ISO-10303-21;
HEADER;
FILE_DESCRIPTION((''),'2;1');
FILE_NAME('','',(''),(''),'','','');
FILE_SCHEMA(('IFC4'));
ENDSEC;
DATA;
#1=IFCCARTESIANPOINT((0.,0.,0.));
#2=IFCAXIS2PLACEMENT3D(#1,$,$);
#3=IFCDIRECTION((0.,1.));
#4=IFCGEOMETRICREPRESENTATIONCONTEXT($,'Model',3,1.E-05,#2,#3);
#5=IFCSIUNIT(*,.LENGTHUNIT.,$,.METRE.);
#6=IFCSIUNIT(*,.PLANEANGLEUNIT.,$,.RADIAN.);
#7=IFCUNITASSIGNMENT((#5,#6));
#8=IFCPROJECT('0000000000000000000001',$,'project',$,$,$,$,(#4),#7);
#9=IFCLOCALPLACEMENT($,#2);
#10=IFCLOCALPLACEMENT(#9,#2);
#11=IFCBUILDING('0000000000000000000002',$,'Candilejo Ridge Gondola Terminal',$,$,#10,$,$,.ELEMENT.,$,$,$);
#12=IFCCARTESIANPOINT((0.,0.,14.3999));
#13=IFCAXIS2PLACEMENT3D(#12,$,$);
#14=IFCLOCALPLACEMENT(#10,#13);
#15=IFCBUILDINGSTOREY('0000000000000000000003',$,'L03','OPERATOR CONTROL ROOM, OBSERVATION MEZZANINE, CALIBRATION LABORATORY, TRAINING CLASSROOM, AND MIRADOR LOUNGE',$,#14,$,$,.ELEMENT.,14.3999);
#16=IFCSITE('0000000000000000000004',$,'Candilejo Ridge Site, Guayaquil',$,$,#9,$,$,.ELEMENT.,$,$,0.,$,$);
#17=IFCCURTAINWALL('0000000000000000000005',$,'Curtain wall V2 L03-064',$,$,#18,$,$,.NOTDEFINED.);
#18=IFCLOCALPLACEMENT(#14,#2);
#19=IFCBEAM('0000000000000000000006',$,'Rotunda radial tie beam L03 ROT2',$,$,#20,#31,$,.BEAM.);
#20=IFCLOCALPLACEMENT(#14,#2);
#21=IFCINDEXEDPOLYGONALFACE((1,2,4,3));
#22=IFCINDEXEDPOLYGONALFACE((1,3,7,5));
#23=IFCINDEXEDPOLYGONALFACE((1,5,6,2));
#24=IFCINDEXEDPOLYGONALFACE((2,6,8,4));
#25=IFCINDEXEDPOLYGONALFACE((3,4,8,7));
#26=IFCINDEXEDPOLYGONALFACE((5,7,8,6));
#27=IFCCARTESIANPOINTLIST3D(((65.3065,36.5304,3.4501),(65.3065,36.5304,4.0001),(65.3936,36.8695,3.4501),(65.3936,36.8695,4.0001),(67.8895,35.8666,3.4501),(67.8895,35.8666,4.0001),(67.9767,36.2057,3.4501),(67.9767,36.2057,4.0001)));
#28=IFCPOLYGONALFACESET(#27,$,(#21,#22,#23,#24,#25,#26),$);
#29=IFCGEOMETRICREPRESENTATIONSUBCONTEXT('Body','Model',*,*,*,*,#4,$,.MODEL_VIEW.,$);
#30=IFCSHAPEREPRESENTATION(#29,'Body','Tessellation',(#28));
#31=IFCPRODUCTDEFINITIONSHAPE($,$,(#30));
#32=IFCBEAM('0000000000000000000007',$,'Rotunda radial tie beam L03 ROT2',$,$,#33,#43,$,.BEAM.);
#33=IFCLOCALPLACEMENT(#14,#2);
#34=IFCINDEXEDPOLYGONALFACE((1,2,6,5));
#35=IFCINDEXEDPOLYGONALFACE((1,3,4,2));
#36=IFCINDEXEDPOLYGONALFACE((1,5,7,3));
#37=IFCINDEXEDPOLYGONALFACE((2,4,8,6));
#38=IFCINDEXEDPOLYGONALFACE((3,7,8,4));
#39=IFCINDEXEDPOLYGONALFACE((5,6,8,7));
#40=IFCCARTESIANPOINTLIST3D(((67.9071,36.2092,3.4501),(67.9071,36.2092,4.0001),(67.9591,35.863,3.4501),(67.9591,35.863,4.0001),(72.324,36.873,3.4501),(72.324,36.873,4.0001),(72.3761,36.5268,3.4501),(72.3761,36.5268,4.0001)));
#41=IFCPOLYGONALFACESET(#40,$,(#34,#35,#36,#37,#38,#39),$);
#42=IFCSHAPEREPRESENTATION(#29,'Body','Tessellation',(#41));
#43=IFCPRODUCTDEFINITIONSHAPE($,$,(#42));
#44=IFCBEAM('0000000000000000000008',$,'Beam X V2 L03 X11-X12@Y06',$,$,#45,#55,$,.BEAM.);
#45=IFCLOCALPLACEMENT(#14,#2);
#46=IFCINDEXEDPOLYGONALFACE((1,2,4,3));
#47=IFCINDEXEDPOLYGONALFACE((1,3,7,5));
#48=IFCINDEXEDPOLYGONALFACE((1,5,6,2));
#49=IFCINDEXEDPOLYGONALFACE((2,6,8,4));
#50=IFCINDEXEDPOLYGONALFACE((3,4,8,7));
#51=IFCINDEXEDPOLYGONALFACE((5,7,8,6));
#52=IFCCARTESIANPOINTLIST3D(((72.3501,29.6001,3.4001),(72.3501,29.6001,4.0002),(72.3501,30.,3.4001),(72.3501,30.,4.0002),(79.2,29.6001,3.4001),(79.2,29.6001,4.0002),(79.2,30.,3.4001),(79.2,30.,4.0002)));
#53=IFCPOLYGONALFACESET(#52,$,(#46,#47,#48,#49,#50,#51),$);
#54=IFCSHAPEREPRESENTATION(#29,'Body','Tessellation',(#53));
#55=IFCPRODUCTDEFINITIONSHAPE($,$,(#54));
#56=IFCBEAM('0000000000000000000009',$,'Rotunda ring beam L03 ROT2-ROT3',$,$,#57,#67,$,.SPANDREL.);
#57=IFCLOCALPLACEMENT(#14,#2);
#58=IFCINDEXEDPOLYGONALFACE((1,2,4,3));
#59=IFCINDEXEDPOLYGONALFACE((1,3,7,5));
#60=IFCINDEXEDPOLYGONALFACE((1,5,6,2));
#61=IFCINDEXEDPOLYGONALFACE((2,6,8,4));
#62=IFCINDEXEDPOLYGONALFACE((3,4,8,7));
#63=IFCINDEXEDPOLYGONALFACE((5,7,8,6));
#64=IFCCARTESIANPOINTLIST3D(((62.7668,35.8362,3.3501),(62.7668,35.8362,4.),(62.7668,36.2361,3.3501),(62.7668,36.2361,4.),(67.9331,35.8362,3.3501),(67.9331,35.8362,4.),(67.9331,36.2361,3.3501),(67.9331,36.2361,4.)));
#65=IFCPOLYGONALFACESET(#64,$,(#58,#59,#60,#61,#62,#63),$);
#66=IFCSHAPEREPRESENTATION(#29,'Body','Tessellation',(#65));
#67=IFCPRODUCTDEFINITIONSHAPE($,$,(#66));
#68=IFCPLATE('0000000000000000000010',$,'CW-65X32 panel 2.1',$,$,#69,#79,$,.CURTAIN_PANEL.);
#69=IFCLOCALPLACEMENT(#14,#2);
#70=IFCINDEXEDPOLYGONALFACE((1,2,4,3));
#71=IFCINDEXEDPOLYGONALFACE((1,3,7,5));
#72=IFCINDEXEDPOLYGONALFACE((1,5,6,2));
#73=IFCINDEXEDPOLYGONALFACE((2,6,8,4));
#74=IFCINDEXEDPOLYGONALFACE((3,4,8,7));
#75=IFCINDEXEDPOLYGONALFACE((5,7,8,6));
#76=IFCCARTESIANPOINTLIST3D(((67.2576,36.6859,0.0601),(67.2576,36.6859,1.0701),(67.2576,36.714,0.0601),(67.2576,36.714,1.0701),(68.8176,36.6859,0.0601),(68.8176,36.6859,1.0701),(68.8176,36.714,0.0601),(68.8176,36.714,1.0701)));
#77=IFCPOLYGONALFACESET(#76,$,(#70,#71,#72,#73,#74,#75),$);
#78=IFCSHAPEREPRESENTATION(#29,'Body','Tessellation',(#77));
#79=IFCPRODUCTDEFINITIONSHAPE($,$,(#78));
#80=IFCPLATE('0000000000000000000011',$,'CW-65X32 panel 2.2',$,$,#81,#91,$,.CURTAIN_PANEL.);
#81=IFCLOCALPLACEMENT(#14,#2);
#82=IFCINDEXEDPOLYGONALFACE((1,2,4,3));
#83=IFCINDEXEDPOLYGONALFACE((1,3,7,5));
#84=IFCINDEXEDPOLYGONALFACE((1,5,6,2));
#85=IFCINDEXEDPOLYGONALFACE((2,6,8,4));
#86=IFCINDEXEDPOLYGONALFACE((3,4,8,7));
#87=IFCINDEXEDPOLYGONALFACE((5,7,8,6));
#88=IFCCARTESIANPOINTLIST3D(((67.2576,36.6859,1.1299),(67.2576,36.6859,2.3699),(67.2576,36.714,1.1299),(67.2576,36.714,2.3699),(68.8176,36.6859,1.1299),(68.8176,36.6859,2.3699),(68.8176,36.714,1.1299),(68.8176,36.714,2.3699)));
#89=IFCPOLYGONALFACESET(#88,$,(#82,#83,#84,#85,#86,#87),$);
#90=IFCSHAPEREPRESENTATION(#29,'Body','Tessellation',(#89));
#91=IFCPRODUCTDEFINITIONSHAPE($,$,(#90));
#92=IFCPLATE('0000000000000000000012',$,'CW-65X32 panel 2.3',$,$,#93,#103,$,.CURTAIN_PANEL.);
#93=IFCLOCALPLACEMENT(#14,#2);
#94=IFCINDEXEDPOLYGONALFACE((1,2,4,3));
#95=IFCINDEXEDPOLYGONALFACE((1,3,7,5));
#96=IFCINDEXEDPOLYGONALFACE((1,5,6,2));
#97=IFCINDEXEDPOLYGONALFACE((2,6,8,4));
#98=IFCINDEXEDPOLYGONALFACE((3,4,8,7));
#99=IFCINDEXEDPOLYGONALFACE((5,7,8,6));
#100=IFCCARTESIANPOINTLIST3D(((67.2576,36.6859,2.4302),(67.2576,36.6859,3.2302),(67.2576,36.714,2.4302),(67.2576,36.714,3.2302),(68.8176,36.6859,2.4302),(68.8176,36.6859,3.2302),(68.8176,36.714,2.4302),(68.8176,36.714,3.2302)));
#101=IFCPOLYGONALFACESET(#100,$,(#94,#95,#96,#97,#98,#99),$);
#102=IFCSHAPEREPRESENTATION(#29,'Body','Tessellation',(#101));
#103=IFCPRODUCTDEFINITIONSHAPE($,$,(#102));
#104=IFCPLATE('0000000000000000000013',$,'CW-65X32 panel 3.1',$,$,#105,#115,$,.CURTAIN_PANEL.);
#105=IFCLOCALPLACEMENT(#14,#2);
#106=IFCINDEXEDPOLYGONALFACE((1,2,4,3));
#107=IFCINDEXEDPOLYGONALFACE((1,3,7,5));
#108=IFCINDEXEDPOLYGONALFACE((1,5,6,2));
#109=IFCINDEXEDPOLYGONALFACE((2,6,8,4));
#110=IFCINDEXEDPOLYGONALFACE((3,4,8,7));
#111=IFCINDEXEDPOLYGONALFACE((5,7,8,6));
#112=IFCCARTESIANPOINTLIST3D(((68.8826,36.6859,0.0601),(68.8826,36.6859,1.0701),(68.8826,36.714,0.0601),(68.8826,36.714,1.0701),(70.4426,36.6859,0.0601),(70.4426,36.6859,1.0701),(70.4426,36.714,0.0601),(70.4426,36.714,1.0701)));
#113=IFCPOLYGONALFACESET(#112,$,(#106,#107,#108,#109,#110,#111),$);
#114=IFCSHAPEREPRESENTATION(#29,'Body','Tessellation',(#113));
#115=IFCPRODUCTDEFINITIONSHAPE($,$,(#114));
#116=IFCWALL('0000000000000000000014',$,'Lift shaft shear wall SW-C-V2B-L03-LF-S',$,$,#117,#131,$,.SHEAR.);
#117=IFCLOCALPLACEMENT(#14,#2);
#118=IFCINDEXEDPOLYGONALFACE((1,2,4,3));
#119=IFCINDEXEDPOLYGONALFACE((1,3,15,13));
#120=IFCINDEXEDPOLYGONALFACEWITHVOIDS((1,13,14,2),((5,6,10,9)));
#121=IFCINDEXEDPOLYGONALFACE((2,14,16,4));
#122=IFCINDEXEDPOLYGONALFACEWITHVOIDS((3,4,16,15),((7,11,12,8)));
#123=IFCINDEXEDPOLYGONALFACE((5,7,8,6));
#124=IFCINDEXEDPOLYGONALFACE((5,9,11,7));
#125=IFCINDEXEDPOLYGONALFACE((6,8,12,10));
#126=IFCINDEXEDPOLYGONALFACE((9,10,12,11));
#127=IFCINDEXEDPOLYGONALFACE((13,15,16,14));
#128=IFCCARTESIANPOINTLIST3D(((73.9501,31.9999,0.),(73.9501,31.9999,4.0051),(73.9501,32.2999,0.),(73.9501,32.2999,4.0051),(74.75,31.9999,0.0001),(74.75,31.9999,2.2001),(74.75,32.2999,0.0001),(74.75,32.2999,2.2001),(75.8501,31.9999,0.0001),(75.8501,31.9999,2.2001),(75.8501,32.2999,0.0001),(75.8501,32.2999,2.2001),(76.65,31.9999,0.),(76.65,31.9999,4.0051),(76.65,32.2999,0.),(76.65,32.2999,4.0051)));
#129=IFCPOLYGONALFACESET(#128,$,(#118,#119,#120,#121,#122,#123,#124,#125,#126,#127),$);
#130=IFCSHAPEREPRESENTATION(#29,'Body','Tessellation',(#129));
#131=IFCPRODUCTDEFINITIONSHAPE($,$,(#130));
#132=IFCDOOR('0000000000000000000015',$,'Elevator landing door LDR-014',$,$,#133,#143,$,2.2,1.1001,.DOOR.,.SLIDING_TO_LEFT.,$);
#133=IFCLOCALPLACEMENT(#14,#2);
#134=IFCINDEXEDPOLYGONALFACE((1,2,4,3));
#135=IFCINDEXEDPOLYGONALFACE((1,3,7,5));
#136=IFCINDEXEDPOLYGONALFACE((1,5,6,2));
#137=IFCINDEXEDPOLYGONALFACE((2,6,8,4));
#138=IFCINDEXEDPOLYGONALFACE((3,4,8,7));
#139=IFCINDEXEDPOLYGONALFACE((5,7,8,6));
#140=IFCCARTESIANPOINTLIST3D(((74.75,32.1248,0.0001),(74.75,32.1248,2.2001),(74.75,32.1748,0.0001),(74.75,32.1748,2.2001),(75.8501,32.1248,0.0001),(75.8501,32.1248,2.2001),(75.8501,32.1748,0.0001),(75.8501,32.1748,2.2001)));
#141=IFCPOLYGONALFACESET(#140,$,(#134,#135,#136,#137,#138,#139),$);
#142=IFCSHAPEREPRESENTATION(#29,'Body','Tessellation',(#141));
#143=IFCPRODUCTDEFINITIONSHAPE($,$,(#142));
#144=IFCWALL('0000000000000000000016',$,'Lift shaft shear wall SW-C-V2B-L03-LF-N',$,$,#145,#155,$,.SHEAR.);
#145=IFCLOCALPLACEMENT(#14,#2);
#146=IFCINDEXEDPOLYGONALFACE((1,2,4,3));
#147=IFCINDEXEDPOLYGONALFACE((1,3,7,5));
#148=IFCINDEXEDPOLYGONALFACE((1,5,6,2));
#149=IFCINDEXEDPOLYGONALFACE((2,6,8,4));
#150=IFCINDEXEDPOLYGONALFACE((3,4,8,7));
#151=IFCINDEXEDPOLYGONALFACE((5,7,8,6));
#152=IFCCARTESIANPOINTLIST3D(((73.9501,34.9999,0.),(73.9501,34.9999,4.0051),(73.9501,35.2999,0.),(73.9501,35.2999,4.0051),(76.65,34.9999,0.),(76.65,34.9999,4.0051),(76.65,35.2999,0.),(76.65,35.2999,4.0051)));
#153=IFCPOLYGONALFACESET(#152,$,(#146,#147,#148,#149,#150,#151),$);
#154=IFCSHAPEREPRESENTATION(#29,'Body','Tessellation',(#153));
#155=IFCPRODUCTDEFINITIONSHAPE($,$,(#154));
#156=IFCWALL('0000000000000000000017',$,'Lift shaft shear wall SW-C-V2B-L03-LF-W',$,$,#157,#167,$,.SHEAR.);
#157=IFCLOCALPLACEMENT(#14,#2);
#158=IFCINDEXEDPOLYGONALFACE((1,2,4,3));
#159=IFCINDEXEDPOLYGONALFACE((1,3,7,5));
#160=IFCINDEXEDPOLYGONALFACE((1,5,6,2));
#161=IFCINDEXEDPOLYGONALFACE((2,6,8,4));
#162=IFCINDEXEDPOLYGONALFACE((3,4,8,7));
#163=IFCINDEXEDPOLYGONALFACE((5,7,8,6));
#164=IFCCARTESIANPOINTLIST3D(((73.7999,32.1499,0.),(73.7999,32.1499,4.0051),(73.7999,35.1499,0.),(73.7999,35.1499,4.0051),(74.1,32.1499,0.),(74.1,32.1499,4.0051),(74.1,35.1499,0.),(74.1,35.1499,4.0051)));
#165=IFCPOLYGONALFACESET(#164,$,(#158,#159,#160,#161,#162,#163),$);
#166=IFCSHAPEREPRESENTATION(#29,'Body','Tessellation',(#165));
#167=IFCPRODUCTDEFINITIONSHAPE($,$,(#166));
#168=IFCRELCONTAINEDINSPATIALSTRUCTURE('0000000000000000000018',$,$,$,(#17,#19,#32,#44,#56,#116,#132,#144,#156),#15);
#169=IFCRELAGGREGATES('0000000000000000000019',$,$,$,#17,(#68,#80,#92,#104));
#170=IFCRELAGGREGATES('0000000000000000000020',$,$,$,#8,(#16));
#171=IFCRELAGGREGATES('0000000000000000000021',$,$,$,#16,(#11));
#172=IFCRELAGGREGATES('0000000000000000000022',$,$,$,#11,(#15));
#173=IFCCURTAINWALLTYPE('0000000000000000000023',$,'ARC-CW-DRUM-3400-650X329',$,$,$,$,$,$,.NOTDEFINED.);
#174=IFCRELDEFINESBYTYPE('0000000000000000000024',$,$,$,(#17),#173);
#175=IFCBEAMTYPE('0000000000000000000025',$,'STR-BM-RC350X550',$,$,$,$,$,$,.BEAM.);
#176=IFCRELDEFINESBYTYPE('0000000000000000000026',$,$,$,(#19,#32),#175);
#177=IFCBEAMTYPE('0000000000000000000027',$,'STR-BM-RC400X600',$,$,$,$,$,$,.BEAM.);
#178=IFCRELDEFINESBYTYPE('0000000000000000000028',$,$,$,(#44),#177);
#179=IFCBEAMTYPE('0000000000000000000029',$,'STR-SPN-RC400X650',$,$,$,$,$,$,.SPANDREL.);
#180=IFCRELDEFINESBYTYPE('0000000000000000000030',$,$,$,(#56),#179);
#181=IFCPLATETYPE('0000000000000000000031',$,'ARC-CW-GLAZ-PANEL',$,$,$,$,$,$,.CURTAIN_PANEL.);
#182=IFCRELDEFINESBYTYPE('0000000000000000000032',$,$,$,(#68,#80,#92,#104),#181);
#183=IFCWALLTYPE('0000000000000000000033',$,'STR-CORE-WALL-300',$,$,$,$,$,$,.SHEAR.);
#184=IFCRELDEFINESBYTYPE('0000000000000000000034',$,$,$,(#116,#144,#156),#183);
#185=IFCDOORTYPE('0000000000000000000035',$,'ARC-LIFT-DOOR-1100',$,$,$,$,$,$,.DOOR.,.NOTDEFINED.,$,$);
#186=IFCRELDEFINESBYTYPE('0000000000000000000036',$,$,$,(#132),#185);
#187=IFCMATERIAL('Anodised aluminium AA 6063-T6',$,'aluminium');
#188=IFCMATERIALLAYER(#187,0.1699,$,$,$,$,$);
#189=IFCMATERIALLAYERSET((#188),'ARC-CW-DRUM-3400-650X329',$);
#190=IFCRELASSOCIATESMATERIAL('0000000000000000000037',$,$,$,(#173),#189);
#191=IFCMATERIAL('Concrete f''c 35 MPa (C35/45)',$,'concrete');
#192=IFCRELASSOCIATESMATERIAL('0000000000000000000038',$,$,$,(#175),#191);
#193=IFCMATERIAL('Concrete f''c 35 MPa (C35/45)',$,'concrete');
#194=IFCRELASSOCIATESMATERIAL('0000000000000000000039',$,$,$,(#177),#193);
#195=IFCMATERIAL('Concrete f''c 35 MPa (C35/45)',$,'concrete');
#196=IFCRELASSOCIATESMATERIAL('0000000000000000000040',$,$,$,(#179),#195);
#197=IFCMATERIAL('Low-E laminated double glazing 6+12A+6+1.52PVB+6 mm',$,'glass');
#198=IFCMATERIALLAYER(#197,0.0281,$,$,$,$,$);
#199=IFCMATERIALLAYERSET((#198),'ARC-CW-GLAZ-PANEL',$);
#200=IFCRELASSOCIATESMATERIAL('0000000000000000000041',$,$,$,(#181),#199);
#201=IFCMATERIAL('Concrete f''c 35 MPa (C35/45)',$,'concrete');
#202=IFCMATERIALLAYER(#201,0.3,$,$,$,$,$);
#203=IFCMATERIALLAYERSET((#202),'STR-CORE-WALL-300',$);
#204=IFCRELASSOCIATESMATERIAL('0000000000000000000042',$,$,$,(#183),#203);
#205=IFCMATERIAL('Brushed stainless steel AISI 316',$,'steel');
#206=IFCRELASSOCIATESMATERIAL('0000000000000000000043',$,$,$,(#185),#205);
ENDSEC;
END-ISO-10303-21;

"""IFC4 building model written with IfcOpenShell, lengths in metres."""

from ifc_helpers import new_model, si_unit, direction, frame, frame_2d, origin, origin_2d, place, context, subcontext, project, spatial, rectangle, extrude, material, layer, layer_set, material_profile, profile_set, type_object, element, fill, aggregate, save


model = new_model("IFC4")

# Units and contexts
model_context = context("Model", 3, precision=1e-05, world=origin(), true_north=direction((0.0, 1.0)))
body_context = subcontext(model_context, "Body", "Model", "MODEL_VIEW")
ifc_project = project(units=[si_unit("LENGTHUNIT", "METRE"), si_unit("PLANEANGLEUNIT", "RADIAN")], contexts=[model_context])

# Site, building, storey
site_placement = place(None, origin())
site = spatial("IfcSite", under=ifc_project, at=site_placement, Name="Candilejo Ridge Site, Guayaquil", CompositionType="ELEMENT", RefElevation=0.0)
building_placement = place(site_placement, origin())
building = spatial("IfcBuilding", under=site, at=building_placement, Name="Candilejo Ridge Gondola Terminal", CompositionType="ELEMENT")
storey_placement = place(building_placement, frame((0.0, 0.0, 14.3999)))
storey = spatial("IfcBuildingStorey", under=building, at=storey_placement, Name="L03", Description="OPERATOR CONTROL ROOM, OBSERVATION MEZZANINE, CALIBRATION LABORATORY, TRAINING CLASSROOM, AND MIRADOR LOUNGE", CompositionType="ELEMENT", Elevation=14.3999)

# Curtain wall
ifc_material_1 = material(Name="Anodised aluminium AA 6063-T6", Category="aluminium")
ifc_layer_1 = layer(ifc_material_1, 0.1699)
ifc_layer_set_1 = layer_set([ifc_layer_1], Name="ARC-CW-DRUM-3400-650X329")
curtain_wall_type = type_object("IfcCurtainWallType", Name="ARC-CW-DRUM-3400-650X329", PredefinedType="NOTDEFINED", material=ifc_layer_set_1)
curtain_wall_placement = place(storey_placement, origin())
curtain_wall = element("IfcCurtainWall", 1, at=curtain_wall_placement, inside=storey, type_object=curtain_wall_type, Name="Curtain wall V2 L03-064", PredefinedType="NOTDEFINED")

# Beams
ifc_material_2 = material(Name="Concrete f'c 35 MPa (C35/45)", Category="concrete")
ifc_material_profile_1 = material_profile(ifc_material_2, rectangle(XDim=0.3501, YDim=0.55, at=origin_2d()))
ifc_profile_set_1 = profile_set([ifc_material_profile_1], Name="Concrete f'c 35 MPa (C35/45)")
beam_type_1 = type_object("IfcBeamType", Name="STR-BM-RC350X550", PredefinedType="BEAM", material=ifc_profile_set_1)
beam_1_placement = place(storey_placement, frame((67.9331, 36.0361, 3.7251), z_axis=(-0.968528, 0.248906, 0.0), x_axis=(-0.248906, -0.968528, 0.0)))
element("IfcBeam", 2, at=beam_1_placement, inside=storey, type_object=beam_type_1, Name="Rotunda radial tie beam L03 ROT2", PredefinedType="BEAM", context=body_context, shape_type="SweptSolid", body=[
    extrude(rectangle(XDim=0.3501, YDim=0.55, at=origin_2d()), origin(), (0.0, 0.0, 1.0), 2.667),
])
beam_2_placement = place(storey_placement, frame((67.9331, 36.0361, 3.7251), z_axis=(0.988895, 0.148618, 0.0), x_axis=(-0.148618, 0.988895, 0.0)))
element("IfcBeam", 3, at=beam_2_placement, inside=storey, type_object=beam_type_1, Name="Rotunda radial tie beam L03 ROT2", PredefinedType="BEAM", context=body_context, shape_type="SweptSolid", body=[
    extrude(rectangle(XDim=0.3501, YDim=0.55, at=origin_2d()), origin(), (0.0, 0.0, 1.0), 4.4666),
])
ifc_material_3 = material(Name="Concrete f'c 35 MPa (C35/45)", Category="concrete")
ifc_material_profile_2 = material_profile(ifc_material_3, rectangle(XDim=0.3999, YDim=0.6001, at=origin_2d()))
ifc_profile_set_2 = profile_set([ifc_material_profile_2], Name="Concrete f'c 35 MPa (C35/45)")
beam_type_2 = type_object("IfcBeamType", Name="STR-BM-RC400X600", PredefinedType="BEAM", material=ifc_profile_set_2)
beam_3_placement = place(storey_placement, frame((72.3501, 29.8, 3.7002), z_axis=(1.0, 0.0, 0.0), x_axis=(0.0, 1.0, 0.0)))
element("IfcBeam", 4, at=beam_3_placement, inside=storey, type_object=beam_type_2, Name="Beam X V2 L03 X11-X12@Y06", PredefinedType="BEAM", context=body_context, shape_type="SweptSolid", body=[
    extrude(rectangle(XDim=0.3999, YDim=0.6001, at=origin_2d()), origin(), (0.0, 0.0, 1.0), 6.8499),
])
ifc_material_4 = material(Name="Concrete f'c 35 MPa (C35/45)", Category="concrete")
ifc_material_profile_3 = material_profile(ifc_material_4, rectangle(XDim=0.3999, YDim=0.6499, at=origin_2d()))
ifc_profile_set_3 = profile_set([ifc_material_profile_3], Name="Concrete f'c 35 MPa (C35/45)")
beam_type_3 = type_object("IfcBeamType", Name="STR-SPN-RC400X650", PredefinedType="SPANDREL", material=ifc_profile_set_3)
beam_4_placement = place(storey_placement, frame((67.9331, 36.0361, 3.675), z_axis=(-1.0, 0.0, 0.0), x_axis=(0.0, -1.0, 0.0)))
element("IfcBeam", 5, at=beam_4_placement, inside=storey, type_object=beam_type_3, Name="Rotunda ring beam L03 ROT2-ROT3", PredefinedType="SPANDREL", context=body_context, shape_type="SweptSolid", body=[
    extrude(rectangle(XDim=0.3999, YDim=0.6499, at=origin_2d()), origin(), (0.0, 0.0, 1.0), 5.1663),
])

# Plates
ifc_material_5 = material(Name="Low-E laminated double glazing 6+12A+6+1.52PVB+6 mm", Category="glass")
ifc_layer_2 = layer(ifc_material_5, 0.0281)
ifc_layer_set_2 = layer_set([ifc_layer_2], Name="ARC-CW-GLAZ-PANEL")
plate_type = type_object("IfcPlateType", Name="ARC-CW-GLAZ-PANEL", PredefinedType="CURTAIN_PANEL", material=ifc_layer_set_2)
plate_1_placement = place(storey_placement, frame((68.0376, 36.7, 0.0601), z_axis=(0.0, 0.0, 1.0), x_axis=(1.0, 0.0, 0.0)))
plate_1 = element("IfcPlate", 6, at=plate_1_placement, type_object=plate_type, Name="CW-65X32 panel 2.1", PredefinedType="CURTAIN_PANEL", context=body_context, shape_type="SweptSolid", body=[
    extrude(rectangle(XDim=1.5601, YDim=0.0281, at=origin_2d()), origin(), (0.0, 0.0, 1.0), 1.01),
])
plate_2_placement = place(storey_placement, frame((68.0376, 36.7, 1.1299), z_axis=(0.0, 0.0, 1.0), x_axis=(1.0, 0.0, 0.0)))
plate_2 = element("IfcPlate", 7, at=plate_2_placement, type_object=plate_type, Name="CW-65X32 panel 2.2", PredefinedType="CURTAIN_PANEL", context=body_context, shape_type="SweptSolid", body=[
    extrude(rectangle(XDim=1.5601, YDim=0.0281, at=origin_2d()), origin(), (0.0, 0.0, 1.0), 1.24),
])
plate_3_placement = place(storey_placement, frame((68.0376, 36.7, 2.4302), z_axis=(0.0, 0.0, 1.0), x_axis=(1.0, 0.0, 0.0)))
plate_3 = element("IfcPlate", 8, at=plate_3_placement, type_object=plate_type, Name="CW-65X32 panel 2.3", PredefinedType="CURTAIN_PANEL", context=body_context, shape_type="SweptSolid", body=[
    extrude(rectangle(XDim=1.5601, YDim=0.0281, at=origin_2d()), origin(), (0.0, 0.0, 1.0), 0.8),
])
plate_4_placement = place(storey_placement, frame((69.6626, 36.7, 0.0601), z_axis=(0.0, 0.0, 1.0), x_axis=(1.0, 0.0, 0.0)))
plate_4 = element("IfcPlate", 9, at=plate_4_placement, type_object=plate_type, Name="CW-65X32 panel 3.1", PredefinedType="CURTAIN_PANEL", context=body_context, shape_type="SweptSolid", body=[
    extrude(rectangle(XDim=1.5601, YDim=0.0281, at=origin_2d()), origin(), (0.0, 0.0, 1.0), 1.01),
])
aggregate(curtain_wall, [plate_1, plate_2, plate_3, plate_4])

# Wall, opening, door
ifc_material_6 = material(Name="Concrete f'c 35 MPa (C35/45)", Category="concrete")
ifc_layer_3 = layer(ifc_material_6, 0.3)
ifc_layer_set_3 = layer_set([ifc_layer_3], Name="STR-CORE-WALL-300")
wall_type = type_object("IfcWallType", Name="STR-CORE-WALL-300", PredefinedType="SHEAR", material=ifc_layer_set_3)
wall_1_placement = place(storey_placement, frame((73.95, 32.1499, 0.0), z_axis=(0.0, 0.0, 1.0), x_axis=(1.0, 0.0, 0.0)))
wall_1 = element("IfcWall", 10, at=wall_1_placement, inside=storey, type_object=wall_type, Name="Lift shaft shear wall SW-C-V2B-L03-LF-S", PredefinedType="SHEAR", context=body_context, shape_type="SweptSolid", body=[
    extrude(rectangle(XDim=2.7, YDim=0.3, at=frame_2d((1.3501, 0.0))), origin(), (0.0, 0.0, 1.0), 4.0051),
])
opening_placement = place(wall_1_placement, frame((0.8, 0.0, 0.0)))
opening = element("IfcOpeningElement", 11, at=opening_placement, cuts=wall_1, PredefinedType="OPENING", context=body_context, shape_type="SweptSolid", body=[
    extrude(rectangle(XDim=1.1001, YDim=2.2, at=frame_2d((0.55, 1.1001))), frame((0.0, 0.1599, 0.0), z_axis=(0.0, -1.0, 0.0), x_axis=(1.0, 0.0, 0.0)), (0.0, 0.0, 1.0), 0.3201),
])
ifc_material_7 = material(Name="Brushed stainless steel AISI 316", Category="steel")
door_type = type_object("IfcDoorType", Name="ARC-LIFT-DOOR-1100", OperationType="NOTDEFINED", PredefinedType="DOOR", material=ifc_material_7)
door_placement = place(opening_placement, origin())
door = element("IfcDoor", 12, at=door_placement, inside=storey, type_object=door_type, Name="Elevator landing door LDR-014", OperationType="SLIDING_TO_LEFT", OverallHeight=2.2, OverallWidth=1.1001, PredefinedType="DOOR", context=body_context, shape_type="SweptSolid", body=[
    extrude(rectangle(XDim=1.1001, YDim=2.2, at=frame_2d((0.55, 1.1001))), frame((0.0, 0.0249, 0.0), z_axis=(0.0, -1.0, 0.0), x_axis=(1.0, 0.0, 0.0)), (0.0, 0.0, 1.0), 0.05),
])
fill(opening, door)

# Walls
wall_2_placement = place(storey_placement, frame((73.95, 35.1499, 0.0), z_axis=(0.0, 0.0, 1.0), x_axis=(1.0, 0.0, 0.0)))
element("IfcWall", 13, at=wall_2_placement, inside=storey, type_object=wall_type, Name="Lift shaft shear wall SW-C-V2B-L03-LF-N", PredefinedType="SHEAR", context=body_context, shape_type="SweptSolid", body=[
    extrude(rectangle(XDim=2.7, YDim=0.3, at=frame_2d((1.3501, 0.0))), origin(), (0.0, 0.0, 1.0), 4.0051),
])
wall_3_placement = place(storey_placement, frame((73.95, 32.1499, 0.0), z_axis=(0.0, 0.0, 1.0), x_axis=(0.0, 1.0, 0.0)))
element("IfcWall", 14, at=wall_3_placement, inside=storey, type_object=wall_type, Name="Lift shaft shear wall SW-C-V2B-L03-LF-W", PredefinedType="SHEAR", context=body_context, shape_type="SweptSolid", body=[
    extrude(rectangle(XDim=3.0, YDim=0.3, at=frame_2d((1.5, 0.0))), origin(), (0.0, 0.0, 1.0), 4.0051),
])

save(model, "model.ifc")
